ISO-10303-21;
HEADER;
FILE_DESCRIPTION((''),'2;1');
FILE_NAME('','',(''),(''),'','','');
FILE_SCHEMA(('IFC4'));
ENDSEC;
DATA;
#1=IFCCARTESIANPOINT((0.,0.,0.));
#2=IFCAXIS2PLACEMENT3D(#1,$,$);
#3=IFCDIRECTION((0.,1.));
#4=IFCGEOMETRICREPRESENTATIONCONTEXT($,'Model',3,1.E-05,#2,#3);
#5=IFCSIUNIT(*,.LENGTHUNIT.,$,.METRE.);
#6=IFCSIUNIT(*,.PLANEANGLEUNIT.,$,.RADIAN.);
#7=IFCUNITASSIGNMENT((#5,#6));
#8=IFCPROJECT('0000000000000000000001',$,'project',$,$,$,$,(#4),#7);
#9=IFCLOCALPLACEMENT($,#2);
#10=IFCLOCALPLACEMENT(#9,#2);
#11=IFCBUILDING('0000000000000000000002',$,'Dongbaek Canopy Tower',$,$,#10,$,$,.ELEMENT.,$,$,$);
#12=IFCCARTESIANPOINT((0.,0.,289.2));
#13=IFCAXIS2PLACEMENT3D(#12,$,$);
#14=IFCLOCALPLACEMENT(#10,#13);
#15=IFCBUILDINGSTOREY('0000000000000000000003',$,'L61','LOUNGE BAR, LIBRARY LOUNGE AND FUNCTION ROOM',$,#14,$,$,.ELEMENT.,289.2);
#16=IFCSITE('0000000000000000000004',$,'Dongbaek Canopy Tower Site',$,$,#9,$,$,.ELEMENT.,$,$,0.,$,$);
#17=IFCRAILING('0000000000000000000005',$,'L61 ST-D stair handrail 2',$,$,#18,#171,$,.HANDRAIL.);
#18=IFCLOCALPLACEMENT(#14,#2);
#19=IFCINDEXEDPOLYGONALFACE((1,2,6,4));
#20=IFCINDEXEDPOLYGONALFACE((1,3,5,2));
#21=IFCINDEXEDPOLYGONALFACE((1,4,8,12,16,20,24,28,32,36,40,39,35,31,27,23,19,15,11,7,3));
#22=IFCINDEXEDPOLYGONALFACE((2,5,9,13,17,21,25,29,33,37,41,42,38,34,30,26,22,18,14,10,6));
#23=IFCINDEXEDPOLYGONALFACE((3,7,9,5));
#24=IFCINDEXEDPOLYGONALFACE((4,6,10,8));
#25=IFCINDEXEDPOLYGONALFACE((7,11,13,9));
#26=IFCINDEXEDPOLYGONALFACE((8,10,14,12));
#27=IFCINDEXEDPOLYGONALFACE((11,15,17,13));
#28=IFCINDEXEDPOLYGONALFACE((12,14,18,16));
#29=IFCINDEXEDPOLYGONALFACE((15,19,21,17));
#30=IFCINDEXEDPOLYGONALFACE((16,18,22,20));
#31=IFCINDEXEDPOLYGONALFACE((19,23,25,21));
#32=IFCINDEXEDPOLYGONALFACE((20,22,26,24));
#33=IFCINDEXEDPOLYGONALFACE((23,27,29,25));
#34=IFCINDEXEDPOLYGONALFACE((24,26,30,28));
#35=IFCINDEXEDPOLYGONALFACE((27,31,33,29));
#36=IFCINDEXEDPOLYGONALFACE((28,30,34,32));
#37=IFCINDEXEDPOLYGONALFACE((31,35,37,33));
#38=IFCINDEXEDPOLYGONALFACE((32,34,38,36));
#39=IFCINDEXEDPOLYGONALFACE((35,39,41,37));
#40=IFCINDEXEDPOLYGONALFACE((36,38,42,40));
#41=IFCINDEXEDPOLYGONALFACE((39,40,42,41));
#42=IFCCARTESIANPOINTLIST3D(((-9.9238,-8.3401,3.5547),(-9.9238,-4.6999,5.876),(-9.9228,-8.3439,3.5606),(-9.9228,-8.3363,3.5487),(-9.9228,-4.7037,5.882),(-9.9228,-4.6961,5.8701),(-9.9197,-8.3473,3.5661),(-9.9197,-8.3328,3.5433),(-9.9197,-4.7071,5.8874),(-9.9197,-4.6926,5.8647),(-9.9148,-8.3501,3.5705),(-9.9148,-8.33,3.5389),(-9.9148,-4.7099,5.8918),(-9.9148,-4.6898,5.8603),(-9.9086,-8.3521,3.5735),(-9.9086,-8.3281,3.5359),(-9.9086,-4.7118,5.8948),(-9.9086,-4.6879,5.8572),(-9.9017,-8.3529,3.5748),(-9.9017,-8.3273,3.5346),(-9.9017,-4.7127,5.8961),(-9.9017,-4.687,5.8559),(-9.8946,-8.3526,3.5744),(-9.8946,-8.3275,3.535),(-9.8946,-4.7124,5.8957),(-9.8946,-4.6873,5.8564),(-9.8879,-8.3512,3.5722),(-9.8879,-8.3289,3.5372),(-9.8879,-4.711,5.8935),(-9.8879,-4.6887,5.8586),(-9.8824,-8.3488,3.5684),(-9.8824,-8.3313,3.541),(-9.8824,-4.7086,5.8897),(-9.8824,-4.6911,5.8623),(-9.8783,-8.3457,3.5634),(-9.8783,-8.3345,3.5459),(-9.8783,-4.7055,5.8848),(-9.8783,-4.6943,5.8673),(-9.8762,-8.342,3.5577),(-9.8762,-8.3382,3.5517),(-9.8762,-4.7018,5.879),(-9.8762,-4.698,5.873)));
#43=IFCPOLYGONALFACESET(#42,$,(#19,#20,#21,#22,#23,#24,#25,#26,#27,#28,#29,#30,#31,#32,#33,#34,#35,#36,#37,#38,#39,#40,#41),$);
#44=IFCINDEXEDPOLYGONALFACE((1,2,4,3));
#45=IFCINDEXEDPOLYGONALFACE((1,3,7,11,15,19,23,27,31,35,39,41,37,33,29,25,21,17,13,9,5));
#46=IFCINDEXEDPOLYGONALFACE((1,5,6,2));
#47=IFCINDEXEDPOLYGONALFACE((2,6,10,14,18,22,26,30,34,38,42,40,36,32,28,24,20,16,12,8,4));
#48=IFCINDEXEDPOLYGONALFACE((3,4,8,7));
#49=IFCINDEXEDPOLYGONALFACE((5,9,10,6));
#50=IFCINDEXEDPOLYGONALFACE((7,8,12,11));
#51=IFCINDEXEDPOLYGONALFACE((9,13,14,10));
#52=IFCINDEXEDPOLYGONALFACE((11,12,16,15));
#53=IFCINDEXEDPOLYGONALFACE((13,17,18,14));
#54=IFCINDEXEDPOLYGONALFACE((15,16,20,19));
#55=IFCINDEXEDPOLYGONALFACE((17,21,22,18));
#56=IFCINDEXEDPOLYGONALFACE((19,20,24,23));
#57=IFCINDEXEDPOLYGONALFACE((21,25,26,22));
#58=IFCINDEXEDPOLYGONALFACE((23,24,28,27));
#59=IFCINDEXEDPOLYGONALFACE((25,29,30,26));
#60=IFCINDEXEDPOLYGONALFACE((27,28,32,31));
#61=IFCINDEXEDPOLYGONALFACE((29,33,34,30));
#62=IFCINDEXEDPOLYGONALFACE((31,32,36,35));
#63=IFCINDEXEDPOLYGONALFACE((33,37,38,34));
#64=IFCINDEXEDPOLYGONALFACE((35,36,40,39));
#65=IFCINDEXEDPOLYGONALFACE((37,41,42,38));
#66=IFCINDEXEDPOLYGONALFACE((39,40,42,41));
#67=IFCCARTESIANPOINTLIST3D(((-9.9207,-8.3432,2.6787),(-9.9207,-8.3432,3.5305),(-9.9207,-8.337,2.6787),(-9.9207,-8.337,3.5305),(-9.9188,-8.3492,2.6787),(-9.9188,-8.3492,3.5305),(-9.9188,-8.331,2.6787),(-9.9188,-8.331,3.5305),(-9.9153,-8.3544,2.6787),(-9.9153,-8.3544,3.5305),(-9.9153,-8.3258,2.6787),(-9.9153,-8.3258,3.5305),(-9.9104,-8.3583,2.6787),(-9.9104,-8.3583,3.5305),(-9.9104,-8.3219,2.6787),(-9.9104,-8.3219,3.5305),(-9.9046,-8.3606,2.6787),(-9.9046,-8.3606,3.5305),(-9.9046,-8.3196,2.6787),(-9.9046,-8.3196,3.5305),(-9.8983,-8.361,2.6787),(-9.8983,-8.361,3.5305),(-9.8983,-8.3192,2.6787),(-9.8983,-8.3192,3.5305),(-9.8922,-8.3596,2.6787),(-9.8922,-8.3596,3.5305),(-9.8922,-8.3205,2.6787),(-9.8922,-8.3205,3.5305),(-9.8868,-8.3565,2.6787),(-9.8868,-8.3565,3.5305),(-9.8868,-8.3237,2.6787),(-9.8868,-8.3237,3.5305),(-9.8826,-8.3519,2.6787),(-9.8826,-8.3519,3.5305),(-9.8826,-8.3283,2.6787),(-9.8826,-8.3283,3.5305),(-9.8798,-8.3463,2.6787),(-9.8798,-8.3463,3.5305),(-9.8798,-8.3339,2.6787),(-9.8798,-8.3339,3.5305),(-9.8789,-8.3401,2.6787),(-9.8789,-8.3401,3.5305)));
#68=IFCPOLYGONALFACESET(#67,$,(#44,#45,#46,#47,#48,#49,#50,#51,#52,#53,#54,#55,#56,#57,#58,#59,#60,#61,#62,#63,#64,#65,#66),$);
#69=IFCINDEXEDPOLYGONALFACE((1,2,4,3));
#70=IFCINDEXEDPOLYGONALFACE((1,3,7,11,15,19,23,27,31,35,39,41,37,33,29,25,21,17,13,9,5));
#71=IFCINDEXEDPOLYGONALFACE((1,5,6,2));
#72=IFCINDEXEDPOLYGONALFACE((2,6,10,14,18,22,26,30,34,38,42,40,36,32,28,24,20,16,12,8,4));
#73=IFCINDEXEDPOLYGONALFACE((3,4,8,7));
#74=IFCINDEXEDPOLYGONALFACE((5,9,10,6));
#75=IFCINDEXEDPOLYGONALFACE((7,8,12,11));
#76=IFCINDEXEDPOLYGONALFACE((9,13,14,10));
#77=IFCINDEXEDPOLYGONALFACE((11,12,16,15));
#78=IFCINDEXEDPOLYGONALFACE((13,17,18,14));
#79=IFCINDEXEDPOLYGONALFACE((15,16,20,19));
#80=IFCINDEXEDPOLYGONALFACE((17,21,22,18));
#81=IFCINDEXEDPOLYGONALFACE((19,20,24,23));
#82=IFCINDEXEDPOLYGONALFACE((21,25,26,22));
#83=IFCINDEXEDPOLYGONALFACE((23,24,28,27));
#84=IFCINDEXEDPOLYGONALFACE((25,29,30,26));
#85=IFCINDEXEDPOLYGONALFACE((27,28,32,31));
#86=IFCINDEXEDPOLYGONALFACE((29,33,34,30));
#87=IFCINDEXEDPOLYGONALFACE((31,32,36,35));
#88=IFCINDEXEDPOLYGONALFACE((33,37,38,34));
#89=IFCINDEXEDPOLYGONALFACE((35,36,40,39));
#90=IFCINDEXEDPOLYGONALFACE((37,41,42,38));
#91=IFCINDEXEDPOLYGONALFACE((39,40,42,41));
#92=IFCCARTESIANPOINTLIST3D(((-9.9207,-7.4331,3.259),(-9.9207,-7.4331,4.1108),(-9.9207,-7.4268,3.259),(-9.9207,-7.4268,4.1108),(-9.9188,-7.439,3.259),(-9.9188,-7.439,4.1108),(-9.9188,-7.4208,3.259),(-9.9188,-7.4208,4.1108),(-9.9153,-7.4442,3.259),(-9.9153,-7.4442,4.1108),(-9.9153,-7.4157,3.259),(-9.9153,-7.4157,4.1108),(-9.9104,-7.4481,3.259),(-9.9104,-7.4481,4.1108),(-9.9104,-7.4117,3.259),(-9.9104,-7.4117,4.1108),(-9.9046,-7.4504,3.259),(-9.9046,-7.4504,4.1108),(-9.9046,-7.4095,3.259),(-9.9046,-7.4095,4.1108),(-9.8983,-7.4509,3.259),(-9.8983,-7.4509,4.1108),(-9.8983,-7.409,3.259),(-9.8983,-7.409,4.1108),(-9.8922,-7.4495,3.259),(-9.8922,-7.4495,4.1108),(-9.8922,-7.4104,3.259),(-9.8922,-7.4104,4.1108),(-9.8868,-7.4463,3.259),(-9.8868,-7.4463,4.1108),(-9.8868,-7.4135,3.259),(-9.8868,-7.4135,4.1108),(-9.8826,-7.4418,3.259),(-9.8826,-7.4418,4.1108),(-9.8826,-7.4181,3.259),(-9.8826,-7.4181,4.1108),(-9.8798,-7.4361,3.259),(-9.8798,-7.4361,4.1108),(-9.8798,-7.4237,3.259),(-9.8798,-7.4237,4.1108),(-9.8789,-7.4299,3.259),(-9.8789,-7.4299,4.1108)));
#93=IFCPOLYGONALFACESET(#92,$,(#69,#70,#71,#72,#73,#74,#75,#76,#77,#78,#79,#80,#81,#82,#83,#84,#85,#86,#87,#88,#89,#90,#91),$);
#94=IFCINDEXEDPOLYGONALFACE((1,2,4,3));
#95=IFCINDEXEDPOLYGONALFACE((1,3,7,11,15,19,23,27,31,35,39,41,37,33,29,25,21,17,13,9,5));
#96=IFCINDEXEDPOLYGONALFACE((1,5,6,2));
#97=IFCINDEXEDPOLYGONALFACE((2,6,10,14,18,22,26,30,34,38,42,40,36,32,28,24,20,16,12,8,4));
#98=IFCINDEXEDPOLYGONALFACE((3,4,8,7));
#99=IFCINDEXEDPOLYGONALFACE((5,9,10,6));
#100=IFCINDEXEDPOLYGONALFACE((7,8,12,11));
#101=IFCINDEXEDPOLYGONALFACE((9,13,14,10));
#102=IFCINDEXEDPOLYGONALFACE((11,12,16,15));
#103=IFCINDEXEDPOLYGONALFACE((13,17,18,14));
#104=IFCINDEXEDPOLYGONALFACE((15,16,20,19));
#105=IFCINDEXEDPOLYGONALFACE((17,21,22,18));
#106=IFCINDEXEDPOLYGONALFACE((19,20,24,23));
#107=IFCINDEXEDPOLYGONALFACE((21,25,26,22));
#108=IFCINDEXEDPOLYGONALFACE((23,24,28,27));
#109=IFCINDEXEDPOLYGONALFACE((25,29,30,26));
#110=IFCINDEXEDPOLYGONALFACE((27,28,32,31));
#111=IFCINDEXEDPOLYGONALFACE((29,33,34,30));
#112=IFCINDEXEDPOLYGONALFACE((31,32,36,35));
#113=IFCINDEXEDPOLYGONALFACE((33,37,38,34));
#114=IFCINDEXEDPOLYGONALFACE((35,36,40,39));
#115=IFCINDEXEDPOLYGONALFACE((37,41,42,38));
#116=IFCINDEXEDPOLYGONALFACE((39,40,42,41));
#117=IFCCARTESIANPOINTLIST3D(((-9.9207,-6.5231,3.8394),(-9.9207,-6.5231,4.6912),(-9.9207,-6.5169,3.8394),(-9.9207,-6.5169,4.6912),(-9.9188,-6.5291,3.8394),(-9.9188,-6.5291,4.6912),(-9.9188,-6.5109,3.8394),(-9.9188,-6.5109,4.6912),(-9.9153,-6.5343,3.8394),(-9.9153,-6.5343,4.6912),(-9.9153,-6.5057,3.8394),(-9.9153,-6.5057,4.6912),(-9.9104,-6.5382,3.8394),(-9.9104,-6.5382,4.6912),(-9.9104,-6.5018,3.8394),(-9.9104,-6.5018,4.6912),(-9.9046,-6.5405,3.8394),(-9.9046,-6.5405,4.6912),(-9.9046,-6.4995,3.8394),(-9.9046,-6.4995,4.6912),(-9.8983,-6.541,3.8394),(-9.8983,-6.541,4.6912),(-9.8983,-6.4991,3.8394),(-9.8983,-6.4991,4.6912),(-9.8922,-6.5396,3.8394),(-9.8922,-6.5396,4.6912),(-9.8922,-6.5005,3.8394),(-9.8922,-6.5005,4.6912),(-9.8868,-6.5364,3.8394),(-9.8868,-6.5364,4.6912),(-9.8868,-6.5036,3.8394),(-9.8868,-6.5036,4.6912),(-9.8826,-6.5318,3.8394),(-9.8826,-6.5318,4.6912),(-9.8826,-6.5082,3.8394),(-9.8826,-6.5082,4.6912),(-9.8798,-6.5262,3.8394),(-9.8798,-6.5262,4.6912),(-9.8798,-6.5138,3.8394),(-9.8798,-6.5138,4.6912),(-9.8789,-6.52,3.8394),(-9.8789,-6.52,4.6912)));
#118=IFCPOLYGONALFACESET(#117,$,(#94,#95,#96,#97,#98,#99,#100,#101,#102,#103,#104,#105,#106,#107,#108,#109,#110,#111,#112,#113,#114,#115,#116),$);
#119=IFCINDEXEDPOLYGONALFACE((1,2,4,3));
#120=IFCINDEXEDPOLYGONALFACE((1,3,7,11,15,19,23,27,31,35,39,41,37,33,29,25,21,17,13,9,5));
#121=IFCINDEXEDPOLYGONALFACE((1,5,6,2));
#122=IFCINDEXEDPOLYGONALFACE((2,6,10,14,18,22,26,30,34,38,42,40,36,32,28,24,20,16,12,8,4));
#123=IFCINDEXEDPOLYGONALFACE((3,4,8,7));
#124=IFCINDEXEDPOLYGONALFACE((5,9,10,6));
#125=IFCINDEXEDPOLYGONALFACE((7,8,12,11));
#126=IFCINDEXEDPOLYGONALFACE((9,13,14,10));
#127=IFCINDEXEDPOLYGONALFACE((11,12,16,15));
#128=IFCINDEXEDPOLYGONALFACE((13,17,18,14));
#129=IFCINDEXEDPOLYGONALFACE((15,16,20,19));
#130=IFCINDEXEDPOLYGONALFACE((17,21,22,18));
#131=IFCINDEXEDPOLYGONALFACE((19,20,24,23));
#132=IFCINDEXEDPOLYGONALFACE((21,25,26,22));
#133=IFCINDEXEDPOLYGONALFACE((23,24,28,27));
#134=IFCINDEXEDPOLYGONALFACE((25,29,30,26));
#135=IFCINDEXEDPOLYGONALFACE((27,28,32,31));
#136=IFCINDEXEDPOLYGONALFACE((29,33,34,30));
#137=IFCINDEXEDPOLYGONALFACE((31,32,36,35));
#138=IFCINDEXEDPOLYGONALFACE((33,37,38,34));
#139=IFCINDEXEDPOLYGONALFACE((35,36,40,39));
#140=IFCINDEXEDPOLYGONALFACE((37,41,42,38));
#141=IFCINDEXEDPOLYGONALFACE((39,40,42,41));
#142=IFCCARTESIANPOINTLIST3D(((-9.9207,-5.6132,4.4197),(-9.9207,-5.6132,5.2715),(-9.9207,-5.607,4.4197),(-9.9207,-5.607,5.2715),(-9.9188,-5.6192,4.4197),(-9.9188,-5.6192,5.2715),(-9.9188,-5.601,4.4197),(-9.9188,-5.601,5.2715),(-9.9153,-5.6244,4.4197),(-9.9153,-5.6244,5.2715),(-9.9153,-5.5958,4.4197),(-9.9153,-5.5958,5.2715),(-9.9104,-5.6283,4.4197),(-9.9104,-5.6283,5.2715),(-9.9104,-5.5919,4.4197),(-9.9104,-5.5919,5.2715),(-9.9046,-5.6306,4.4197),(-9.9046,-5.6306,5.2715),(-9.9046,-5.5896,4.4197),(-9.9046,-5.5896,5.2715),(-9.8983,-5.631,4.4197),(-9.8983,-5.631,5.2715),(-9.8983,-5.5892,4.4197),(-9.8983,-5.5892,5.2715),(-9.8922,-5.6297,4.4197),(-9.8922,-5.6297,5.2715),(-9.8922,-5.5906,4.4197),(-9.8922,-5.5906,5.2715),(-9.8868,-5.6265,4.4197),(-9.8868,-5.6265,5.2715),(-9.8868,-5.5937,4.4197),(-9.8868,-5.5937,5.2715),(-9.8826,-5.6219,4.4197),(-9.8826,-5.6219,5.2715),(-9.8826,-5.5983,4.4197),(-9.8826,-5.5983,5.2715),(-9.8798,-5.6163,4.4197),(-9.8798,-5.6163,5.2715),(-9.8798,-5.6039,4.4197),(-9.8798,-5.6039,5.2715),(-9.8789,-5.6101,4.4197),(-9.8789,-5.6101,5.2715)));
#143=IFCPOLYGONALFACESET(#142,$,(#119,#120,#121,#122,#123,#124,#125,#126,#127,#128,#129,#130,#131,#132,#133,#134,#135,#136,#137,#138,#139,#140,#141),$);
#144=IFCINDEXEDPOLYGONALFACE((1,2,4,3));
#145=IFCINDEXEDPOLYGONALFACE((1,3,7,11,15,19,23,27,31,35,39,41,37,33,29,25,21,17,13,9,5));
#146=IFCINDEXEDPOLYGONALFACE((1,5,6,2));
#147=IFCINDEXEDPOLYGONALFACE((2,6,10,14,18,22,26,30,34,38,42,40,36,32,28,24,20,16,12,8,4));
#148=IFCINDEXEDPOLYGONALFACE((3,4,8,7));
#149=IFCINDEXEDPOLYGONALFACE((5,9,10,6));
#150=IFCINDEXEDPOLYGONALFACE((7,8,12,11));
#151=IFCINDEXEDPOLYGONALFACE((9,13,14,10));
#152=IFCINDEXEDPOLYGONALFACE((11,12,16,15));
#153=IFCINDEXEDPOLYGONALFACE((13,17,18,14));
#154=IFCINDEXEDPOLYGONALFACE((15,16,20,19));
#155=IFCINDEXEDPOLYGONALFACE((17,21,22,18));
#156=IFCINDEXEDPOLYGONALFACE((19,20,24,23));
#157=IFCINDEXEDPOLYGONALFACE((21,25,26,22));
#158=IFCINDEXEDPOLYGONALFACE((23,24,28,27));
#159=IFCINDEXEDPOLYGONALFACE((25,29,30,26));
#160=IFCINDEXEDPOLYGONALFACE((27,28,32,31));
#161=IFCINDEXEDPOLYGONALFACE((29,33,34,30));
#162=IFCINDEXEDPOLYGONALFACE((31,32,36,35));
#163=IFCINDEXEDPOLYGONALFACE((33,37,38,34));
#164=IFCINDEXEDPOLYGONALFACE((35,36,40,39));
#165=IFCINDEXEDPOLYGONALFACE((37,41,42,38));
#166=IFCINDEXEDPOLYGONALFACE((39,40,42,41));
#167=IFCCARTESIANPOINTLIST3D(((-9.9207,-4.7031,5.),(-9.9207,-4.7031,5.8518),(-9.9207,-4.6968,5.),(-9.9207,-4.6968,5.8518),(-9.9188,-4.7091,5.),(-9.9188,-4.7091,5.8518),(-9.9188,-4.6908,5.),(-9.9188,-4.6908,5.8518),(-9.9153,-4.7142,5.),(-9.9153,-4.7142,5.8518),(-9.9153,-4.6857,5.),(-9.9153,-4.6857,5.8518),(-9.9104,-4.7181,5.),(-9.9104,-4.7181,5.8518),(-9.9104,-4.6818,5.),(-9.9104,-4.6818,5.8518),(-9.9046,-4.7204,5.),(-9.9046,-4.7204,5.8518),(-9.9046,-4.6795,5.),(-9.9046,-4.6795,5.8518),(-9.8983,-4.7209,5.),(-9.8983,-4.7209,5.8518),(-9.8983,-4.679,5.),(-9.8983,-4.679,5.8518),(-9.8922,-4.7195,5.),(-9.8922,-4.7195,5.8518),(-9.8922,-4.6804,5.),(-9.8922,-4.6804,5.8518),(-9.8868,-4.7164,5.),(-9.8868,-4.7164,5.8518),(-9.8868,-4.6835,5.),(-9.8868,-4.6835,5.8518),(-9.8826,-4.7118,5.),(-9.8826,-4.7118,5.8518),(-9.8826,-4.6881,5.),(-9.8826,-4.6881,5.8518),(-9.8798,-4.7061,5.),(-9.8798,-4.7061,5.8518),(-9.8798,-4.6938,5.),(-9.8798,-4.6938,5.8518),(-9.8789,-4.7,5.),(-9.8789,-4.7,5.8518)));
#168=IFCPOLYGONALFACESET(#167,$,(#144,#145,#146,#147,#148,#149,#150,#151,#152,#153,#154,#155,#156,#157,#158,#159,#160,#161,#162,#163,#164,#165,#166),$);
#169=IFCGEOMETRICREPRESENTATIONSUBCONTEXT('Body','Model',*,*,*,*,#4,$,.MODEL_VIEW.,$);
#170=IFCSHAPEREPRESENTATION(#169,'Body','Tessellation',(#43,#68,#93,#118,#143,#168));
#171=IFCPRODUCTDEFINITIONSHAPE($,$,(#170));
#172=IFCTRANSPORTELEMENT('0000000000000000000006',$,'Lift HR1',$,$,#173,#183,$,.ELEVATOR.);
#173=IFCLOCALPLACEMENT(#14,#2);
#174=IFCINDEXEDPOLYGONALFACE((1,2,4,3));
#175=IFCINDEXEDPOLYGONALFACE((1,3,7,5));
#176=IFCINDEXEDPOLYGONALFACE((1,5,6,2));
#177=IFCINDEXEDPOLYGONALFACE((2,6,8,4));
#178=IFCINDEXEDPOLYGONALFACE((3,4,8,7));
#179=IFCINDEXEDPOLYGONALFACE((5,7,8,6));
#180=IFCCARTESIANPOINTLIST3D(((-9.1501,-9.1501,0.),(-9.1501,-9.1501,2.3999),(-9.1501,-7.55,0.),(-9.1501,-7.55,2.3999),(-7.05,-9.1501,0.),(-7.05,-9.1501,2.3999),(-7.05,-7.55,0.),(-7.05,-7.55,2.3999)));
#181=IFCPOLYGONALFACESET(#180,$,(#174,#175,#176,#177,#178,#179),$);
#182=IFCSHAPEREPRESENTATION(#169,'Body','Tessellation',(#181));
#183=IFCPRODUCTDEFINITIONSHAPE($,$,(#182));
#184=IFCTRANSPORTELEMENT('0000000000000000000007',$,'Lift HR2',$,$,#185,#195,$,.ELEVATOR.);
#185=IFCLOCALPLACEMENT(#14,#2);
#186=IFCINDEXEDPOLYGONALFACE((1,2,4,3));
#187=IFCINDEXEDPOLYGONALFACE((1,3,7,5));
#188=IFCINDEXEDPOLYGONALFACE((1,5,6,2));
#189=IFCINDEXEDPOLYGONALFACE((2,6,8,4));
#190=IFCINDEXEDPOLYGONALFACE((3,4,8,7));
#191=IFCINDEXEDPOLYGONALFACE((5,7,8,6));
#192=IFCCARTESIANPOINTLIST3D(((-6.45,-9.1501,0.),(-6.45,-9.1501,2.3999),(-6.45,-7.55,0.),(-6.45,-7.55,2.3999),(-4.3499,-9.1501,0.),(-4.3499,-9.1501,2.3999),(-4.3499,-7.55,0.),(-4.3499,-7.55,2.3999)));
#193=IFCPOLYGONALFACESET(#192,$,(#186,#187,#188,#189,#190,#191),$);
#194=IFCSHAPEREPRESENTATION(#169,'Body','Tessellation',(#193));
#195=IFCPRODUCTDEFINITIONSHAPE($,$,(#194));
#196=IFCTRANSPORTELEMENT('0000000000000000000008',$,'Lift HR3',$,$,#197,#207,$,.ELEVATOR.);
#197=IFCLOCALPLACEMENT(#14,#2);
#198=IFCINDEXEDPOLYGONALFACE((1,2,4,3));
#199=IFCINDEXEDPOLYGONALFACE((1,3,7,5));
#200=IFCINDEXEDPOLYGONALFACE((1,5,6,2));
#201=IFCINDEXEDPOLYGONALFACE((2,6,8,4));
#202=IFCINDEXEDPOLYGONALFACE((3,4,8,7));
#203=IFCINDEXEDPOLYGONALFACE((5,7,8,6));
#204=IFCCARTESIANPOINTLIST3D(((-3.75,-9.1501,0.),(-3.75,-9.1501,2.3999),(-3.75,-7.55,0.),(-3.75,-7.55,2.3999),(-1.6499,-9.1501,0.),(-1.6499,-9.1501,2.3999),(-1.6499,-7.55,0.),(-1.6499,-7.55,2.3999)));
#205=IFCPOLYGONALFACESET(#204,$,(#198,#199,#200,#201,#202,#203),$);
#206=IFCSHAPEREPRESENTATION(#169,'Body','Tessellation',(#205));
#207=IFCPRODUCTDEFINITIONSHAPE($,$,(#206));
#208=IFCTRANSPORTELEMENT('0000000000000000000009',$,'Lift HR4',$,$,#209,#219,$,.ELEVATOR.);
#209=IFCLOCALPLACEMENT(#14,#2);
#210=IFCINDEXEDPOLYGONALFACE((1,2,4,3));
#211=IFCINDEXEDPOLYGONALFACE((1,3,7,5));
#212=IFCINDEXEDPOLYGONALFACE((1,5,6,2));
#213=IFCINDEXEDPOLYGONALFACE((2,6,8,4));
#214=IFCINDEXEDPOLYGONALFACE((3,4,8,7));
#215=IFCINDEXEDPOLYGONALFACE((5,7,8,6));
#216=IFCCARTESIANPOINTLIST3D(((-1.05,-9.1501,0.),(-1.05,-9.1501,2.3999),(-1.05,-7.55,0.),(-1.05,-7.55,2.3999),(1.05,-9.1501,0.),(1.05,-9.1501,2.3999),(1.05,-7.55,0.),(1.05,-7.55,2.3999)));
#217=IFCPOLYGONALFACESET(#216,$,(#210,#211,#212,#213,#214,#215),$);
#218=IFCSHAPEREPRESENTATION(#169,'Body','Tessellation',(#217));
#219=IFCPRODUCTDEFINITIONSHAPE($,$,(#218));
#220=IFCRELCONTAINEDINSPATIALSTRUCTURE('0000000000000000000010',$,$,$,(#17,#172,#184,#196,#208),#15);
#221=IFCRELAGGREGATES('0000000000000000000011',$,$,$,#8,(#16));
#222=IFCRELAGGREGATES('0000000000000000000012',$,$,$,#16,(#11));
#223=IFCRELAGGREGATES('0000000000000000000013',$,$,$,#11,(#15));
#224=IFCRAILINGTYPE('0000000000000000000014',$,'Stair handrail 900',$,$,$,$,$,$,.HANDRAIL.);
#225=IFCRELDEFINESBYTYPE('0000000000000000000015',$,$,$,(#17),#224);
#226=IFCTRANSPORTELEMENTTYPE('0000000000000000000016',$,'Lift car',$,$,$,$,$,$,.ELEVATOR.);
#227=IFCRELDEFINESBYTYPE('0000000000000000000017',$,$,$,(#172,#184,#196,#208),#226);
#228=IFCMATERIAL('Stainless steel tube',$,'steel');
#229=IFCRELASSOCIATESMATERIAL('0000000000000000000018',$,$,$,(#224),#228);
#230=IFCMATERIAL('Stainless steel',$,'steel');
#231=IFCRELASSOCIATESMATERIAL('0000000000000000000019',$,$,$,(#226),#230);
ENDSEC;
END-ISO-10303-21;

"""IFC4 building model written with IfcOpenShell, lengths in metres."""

from ifc_helpers import new_model, si_unit, direction, frame, origin, origin_2d, place, context, subcontext, project, spatial, rectangle, circle, extrude, material, type_object, element, save


model = new_model("IFC4")

# Units and contexts
model_context = context("Model", 3, precision=1e-05, world=origin(), true_north=direction((0.0, 1.0)))
body_context = subcontext(model_context, "Body", "Model", "MODEL_VIEW")
ifc_project = project(units=[si_unit("LENGTHUNIT", "METRE"), si_unit("PLANEANGLEUNIT", "RADIAN")], contexts=[model_context])

# Site, building, storey
site_placement = place(None, origin())
site = spatial("IfcSite", under=ifc_project, at=site_placement, Name="Dongbaek Canopy Tower Site", CompositionType="ELEMENT", RefElevation=0.0)
building_placement = place(site_placement, origin())
building = spatial("IfcBuilding", under=site, at=building_placement, Name="Dongbaek Canopy Tower", CompositionType="ELEMENT")
storey_placement = place(building_placement, frame((0.0, 0.0, 289.2)))
storey = spatial("IfcBuildingStorey", under=building, at=storey_placement, Name="L61", Description="LOUNGE BAR, LIBRARY LOUNGE AND FUNCTION ROOM", CompositionType="ELEMENT", Elevation=289.2)

# Railing
ifc_material_1 = material(Name="Stainless steel tube", Category="steel")
railing_type_1 = type_object("IfcRailingType", Name="Stair handrail 900", PredefinedType="HANDRAIL", material=ifc_material_1)
railing_1_placement = place(storey_placement, frame((-9.8999, -8.3401, 2.6787)))
element("IfcRailing", 1, at=railing_1_placement, inside=storey, type_object=railing_type_1, Name="L61 ST-D stair handrail 2", PredefinedType="HANDRAIL", context=body_context, shape_type="SweptSolid", body=[
    extrude(circle(Radius=0.0239, at=origin_2d()), frame((0.0, 0.0, 0.876), z_axis=(0.0, 0.843153, 0.537673), x_axis=(-1.0, 0.0, 0.0)), (0.0, 0.0, 1.0), 4.3174),
    extrude(circle(Radius=0.021, at=origin_2d()), origin(), (0.0, 0.0, 1.0), 0.8518),
    extrude(circle(Radius=0.021, at=origin_2d()), frame((0.0, 0.9102, 0.5803)), (0.0, 0.0, 1.0), 0.8518),
    extrude(circle(Radius=0.021, at=origin_2d()), frame((0.0, 1.8201, 1.1606)), (0.0, 0.0, 1.0), 0.8518),
    extrude(circle(Radius=0.021, at=origin_2d()), frame((0.0, 2.73, 1.741)), (0.0, 0.0, 1.0), 0.8518),
    extrude(circle(Radius=0.021, at=origin_2d()), frame((0.0, 3.6401, 2.3213)), (0.0, 0.0, 1.0), 0.8518),
])

# Transport elements
ifc_material_2 = material(Name="Stainless steel", Category="steel")
transport_element_type = type_object("IfcTransportElementType", Name="Lift car", PredefinedType="ELEVATOR", material=ifc_material_2)
for number, where, z_axis, x_axis, name in (
    (2, (-8.1001, -8.3501, 0.0), (0.0, 0.0, 1.0), (1.0, 0.0, 0.0), "Lift HR1"),
    (3, (-5.3999, -8.3501, 0.0), (0.0, 0.0, 1.0), (1.0, 0.0, 0.0), "Lift HR2"),
    (4, (-2.7, -8.3501, 0.0), (0.0, 0.0, 1.0), (1.0, 0.0, 0.0), "Lift HR3"),
    (5, (0.0, -8.3501, 0.0), (0.0, 0.0, 1.0), (1.0, 0.0, 0.0), "Lift HR4"),
):
    element("IfcTransportElement", number, at=place(storey_placement, frame(where, z_axis=z_axis, x_axis=x_axis)), inside=storey, type_object=transport_element_type, Name=name, PredefinedType="ELEVATOR", context=body_context, shape_type="SweptSolid", body=[
        extrude(rectangle(XDim=2.1001, YDim=1.6001, at=origin_2d()), origin(), (0.0, 0.0, 1.0), 2.3999),
    ])

save(model, "model.ifc")
